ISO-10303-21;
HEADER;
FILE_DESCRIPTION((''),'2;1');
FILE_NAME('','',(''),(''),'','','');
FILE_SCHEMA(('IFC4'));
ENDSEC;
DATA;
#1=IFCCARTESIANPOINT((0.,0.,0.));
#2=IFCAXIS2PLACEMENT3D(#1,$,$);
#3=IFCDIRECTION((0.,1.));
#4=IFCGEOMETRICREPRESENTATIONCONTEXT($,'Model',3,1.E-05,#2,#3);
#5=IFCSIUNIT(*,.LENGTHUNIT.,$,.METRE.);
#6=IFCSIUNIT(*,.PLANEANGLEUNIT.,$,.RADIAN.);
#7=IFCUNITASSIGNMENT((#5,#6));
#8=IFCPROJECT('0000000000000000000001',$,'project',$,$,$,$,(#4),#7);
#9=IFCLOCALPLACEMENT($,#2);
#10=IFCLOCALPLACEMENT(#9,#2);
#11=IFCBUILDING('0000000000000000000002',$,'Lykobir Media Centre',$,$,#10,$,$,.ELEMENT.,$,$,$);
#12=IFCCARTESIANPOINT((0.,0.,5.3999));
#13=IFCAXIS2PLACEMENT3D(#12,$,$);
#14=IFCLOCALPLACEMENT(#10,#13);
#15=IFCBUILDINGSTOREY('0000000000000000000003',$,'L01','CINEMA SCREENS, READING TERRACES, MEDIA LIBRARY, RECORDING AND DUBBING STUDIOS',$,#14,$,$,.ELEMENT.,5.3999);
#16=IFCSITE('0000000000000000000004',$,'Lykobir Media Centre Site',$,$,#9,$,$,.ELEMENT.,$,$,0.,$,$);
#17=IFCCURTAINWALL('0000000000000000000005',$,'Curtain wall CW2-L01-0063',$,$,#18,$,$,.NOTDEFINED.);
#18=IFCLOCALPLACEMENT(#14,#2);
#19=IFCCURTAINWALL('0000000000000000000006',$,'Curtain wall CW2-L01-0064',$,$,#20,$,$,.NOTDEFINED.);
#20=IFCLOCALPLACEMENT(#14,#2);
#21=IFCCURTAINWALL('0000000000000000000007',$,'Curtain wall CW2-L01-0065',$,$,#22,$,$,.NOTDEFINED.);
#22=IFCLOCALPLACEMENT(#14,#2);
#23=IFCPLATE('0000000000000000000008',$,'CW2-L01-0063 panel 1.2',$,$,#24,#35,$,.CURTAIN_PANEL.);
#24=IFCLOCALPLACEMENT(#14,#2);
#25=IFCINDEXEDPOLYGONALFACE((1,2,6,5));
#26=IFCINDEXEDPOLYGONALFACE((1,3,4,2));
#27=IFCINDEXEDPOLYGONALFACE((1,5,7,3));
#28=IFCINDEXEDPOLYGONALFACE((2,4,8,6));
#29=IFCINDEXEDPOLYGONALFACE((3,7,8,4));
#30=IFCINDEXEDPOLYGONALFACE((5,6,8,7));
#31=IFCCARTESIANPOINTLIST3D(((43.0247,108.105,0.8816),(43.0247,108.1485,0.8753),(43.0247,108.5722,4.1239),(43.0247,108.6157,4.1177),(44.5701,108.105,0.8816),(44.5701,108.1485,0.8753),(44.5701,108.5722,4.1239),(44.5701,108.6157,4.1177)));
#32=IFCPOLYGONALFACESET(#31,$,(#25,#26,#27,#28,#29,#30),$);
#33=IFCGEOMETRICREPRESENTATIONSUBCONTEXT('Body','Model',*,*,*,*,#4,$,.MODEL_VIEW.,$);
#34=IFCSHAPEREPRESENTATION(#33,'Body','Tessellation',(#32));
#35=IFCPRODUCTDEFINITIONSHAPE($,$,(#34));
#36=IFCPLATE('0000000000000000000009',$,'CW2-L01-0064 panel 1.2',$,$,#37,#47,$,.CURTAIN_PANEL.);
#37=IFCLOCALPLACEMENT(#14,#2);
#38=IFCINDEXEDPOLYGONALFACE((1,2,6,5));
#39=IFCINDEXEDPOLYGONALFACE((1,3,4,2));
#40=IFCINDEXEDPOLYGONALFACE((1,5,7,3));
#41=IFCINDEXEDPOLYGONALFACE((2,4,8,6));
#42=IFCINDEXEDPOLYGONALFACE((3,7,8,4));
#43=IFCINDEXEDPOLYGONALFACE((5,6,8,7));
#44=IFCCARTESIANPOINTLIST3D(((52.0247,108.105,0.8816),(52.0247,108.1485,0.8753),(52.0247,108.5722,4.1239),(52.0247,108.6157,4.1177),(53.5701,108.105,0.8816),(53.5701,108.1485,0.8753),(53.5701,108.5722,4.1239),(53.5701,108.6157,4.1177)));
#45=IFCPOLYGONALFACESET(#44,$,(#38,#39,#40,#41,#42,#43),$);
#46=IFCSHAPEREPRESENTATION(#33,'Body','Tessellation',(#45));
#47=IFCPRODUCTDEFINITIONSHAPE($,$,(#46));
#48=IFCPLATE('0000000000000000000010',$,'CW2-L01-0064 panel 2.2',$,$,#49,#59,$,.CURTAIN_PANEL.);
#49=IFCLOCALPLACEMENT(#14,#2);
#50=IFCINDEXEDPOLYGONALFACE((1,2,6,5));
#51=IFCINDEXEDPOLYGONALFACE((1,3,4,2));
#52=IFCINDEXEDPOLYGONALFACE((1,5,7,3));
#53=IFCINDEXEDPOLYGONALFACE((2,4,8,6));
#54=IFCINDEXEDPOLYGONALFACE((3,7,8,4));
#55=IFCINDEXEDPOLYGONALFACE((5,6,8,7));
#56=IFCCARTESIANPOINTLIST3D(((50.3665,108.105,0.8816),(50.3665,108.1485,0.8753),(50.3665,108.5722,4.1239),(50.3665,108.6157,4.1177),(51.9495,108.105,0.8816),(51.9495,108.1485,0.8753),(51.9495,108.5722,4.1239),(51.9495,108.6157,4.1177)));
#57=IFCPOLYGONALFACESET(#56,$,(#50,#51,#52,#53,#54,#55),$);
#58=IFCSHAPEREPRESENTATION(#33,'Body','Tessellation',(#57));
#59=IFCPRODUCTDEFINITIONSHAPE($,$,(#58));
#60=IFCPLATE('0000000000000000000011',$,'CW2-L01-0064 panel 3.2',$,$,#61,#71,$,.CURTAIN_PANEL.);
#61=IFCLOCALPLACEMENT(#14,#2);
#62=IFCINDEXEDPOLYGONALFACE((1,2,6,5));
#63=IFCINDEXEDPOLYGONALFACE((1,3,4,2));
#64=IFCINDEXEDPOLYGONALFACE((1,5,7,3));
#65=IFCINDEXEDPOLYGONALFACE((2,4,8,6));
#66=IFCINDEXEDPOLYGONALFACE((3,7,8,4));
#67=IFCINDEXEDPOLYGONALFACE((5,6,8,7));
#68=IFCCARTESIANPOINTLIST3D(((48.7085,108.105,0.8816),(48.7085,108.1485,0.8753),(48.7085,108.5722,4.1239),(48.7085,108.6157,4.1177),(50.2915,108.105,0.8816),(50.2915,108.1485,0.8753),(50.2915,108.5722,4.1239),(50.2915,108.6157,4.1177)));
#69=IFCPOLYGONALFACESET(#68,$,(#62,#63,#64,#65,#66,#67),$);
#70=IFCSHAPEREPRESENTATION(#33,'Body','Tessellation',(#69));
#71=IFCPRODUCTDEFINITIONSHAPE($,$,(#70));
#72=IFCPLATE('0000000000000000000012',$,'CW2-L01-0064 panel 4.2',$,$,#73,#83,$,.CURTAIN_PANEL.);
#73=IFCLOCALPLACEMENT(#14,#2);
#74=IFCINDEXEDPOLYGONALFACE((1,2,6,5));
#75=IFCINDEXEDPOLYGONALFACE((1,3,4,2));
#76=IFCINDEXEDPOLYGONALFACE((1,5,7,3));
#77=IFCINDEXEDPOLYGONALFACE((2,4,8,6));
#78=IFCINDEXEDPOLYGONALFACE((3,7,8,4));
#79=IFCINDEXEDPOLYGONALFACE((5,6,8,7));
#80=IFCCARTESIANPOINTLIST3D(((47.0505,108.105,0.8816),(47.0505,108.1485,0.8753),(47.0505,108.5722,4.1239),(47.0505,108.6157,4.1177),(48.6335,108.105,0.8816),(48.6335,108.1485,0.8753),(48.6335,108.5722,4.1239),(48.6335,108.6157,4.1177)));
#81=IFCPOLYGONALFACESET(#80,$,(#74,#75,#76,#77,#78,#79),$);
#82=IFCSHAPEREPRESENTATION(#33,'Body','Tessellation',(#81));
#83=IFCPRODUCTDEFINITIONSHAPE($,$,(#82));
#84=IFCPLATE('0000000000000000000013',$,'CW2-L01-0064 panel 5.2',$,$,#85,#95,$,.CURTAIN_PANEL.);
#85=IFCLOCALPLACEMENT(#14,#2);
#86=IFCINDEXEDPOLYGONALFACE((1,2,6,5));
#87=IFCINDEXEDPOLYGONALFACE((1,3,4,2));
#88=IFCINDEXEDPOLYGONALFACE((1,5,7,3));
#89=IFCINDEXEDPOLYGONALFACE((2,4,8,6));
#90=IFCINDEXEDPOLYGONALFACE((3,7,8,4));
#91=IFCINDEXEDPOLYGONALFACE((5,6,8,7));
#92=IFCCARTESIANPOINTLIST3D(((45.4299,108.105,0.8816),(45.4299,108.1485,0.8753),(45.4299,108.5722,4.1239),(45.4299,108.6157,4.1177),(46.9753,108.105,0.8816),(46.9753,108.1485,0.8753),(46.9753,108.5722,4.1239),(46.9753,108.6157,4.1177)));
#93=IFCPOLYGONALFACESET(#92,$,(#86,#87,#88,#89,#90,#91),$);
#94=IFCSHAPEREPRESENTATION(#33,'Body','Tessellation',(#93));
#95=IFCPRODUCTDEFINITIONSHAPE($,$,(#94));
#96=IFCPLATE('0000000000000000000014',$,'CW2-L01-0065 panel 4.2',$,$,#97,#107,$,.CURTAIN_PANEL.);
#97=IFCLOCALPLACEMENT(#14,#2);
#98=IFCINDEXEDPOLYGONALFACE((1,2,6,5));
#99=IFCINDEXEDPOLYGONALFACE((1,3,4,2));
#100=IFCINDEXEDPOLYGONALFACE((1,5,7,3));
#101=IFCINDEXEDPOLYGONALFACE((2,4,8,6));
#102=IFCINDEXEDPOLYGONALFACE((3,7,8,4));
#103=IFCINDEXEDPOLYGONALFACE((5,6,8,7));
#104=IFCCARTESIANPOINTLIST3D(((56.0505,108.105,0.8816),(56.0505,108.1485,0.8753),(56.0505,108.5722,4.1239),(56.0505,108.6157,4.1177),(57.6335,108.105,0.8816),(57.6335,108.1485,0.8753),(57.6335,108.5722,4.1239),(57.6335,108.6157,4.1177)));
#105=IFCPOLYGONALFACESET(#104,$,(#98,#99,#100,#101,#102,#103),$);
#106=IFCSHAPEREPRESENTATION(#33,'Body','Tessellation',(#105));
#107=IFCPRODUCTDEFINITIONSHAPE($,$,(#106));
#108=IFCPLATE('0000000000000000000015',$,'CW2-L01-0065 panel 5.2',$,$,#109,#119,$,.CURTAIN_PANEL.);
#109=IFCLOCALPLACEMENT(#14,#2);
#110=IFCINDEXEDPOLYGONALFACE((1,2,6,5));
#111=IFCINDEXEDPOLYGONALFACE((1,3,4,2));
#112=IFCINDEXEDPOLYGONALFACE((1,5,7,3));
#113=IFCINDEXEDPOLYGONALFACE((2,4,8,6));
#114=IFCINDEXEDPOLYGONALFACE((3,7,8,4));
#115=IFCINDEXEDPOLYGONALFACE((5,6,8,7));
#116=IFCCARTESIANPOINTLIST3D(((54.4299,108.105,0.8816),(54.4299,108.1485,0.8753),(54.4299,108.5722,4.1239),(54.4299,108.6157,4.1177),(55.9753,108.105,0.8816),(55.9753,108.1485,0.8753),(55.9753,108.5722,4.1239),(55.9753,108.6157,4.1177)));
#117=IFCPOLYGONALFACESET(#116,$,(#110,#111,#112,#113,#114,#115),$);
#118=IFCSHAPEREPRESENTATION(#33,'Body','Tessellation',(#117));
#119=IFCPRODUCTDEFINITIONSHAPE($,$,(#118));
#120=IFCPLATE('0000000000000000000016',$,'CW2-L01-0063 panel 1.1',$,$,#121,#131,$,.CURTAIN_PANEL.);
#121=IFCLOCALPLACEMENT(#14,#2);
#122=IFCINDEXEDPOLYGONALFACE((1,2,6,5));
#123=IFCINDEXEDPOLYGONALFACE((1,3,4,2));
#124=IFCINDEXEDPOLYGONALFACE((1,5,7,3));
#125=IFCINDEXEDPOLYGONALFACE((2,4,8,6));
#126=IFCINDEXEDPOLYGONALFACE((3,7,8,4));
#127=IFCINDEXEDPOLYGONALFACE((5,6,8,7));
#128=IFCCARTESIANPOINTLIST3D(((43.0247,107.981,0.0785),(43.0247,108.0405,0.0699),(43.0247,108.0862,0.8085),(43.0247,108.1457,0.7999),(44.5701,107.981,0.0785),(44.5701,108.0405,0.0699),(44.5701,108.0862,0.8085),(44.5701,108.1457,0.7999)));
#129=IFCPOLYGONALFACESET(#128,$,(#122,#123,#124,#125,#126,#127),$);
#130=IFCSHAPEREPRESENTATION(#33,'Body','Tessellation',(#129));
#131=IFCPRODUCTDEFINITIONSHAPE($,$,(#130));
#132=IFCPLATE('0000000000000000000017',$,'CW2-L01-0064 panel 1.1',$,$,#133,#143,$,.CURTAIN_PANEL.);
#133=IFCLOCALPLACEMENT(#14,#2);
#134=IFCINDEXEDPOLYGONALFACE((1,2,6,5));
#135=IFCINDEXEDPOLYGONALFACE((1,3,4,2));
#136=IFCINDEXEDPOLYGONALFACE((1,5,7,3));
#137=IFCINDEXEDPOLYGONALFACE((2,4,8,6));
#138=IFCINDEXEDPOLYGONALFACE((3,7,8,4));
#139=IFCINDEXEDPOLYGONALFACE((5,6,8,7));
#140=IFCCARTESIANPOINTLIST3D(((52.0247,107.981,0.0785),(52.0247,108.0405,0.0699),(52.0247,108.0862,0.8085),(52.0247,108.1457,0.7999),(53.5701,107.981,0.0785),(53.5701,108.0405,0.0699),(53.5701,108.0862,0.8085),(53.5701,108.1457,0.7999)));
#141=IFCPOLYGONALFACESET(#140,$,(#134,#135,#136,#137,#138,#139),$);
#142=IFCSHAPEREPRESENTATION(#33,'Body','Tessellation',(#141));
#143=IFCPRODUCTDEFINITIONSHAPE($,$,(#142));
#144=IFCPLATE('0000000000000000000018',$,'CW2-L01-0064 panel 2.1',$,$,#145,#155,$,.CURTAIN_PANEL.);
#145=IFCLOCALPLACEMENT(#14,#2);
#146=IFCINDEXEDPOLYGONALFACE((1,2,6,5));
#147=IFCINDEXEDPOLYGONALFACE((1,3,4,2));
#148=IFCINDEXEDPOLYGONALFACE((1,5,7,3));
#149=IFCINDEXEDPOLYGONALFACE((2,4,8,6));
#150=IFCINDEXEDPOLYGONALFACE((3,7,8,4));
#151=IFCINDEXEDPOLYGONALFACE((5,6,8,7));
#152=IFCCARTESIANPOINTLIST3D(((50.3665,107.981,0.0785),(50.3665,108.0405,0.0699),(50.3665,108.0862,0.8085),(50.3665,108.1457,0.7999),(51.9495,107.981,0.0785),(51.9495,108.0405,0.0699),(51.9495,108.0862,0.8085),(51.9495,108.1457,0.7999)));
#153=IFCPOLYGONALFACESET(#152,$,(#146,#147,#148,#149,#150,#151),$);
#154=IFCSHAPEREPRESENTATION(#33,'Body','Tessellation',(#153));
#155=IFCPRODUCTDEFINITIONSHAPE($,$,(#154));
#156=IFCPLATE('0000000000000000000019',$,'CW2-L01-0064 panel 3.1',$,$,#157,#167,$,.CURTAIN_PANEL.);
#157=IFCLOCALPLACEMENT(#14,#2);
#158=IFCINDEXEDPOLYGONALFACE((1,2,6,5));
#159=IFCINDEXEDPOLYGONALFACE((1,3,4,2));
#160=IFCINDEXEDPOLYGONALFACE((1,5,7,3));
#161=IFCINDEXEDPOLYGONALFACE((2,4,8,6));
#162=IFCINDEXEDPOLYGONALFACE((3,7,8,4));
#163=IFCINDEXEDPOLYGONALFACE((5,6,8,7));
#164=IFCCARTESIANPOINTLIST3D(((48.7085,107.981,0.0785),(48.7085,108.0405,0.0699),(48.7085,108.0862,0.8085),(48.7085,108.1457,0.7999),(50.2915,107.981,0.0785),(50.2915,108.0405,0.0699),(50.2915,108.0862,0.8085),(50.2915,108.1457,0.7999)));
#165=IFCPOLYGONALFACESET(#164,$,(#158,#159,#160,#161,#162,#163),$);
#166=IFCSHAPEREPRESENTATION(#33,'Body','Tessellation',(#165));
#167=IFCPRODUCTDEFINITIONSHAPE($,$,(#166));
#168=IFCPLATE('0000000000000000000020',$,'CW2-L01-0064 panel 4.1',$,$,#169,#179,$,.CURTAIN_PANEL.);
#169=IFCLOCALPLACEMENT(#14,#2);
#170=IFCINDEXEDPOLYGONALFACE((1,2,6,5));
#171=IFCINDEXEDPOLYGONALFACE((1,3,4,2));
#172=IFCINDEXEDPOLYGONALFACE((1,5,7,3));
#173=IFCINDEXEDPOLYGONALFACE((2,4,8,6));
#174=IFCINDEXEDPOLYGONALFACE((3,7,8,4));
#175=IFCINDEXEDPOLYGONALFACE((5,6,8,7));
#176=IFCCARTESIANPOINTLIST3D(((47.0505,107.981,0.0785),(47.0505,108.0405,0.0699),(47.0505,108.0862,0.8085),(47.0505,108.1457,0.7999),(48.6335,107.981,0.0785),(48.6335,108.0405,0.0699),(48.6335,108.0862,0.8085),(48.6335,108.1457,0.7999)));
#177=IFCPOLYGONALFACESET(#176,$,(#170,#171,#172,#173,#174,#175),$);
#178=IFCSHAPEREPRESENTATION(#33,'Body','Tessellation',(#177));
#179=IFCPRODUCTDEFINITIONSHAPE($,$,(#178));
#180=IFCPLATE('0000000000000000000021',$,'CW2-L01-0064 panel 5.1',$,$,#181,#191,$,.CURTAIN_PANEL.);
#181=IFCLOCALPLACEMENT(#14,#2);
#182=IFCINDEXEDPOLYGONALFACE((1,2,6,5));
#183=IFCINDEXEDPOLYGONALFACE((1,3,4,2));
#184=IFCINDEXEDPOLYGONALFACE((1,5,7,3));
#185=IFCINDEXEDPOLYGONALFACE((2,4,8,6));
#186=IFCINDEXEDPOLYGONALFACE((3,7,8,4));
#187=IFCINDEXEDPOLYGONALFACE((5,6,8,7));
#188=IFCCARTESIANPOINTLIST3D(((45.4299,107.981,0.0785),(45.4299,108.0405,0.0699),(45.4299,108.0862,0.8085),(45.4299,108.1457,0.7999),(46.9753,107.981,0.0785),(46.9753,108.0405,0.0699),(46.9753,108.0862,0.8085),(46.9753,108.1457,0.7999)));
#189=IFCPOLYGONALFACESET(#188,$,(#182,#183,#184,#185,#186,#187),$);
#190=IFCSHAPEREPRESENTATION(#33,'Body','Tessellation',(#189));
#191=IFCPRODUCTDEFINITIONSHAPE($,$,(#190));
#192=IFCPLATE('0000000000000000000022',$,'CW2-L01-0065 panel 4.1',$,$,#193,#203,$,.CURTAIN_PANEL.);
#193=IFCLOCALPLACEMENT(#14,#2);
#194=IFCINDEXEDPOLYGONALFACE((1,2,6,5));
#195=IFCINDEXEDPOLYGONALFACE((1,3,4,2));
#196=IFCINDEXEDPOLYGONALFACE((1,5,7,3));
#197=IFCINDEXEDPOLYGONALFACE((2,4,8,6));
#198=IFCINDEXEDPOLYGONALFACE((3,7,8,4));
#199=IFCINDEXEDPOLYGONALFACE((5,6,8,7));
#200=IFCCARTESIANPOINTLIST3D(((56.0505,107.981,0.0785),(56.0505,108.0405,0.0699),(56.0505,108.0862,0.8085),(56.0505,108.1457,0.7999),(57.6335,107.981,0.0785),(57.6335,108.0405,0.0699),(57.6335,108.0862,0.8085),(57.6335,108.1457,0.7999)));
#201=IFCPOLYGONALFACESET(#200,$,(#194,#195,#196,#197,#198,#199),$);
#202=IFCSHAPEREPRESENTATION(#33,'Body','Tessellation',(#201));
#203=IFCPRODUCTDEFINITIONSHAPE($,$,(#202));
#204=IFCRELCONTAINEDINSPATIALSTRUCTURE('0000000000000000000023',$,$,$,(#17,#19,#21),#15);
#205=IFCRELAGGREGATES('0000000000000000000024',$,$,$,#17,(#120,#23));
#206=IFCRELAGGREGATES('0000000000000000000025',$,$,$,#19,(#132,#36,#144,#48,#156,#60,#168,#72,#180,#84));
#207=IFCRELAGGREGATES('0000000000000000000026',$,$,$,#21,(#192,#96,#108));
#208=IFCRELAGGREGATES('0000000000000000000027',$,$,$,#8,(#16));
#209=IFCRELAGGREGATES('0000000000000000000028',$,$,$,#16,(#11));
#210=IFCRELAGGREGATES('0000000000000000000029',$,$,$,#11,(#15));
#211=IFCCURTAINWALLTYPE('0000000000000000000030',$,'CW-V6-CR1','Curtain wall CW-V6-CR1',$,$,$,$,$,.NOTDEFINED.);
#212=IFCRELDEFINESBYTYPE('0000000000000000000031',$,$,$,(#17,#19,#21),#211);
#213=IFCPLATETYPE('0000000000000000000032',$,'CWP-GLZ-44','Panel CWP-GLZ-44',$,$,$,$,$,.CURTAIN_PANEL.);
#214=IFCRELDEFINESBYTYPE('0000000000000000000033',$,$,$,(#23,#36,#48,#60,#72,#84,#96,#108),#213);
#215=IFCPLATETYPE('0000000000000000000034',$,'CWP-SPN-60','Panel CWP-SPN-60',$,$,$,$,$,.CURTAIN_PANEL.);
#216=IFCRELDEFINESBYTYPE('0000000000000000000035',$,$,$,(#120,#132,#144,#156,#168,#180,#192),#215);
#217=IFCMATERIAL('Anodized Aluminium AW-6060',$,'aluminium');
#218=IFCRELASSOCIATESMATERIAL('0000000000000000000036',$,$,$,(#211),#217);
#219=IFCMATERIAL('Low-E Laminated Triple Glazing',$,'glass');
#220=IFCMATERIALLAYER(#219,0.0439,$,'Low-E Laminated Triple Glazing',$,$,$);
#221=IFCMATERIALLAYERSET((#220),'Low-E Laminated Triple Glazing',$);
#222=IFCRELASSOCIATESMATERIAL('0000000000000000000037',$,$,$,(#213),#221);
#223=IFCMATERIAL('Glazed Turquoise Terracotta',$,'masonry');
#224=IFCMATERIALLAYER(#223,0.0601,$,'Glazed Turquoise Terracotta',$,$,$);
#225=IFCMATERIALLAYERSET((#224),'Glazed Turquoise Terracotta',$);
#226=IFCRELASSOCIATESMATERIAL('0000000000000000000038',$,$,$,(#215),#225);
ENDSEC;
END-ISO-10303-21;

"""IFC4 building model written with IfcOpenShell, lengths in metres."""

from ifc_helpers import new_model, si_unit, direction, frame, origin, origin_2d, place, context, subcontext, project, spatial, rectangle, extrude, material, layer, layer_set, type_object, element, aggregate, save


model = new_model("IFC4")

# Units and contexts
model_context = context("Model", 3, precision=1e-05, world=origin(), true_north=direction((0.0, 1.0)))
body_context = subcontext(model_context, "Body", "Model", "MODEL_VIEW")
ifc_project = project(units=[si_unit("LENGTHUNIT", "METRE"), si_unit("PLANEANGLEUNIT", "RADIAN")], contexts=[model_context])

# Site, building, storey
site_placement = place(None, origin())
site = spatial("IfcSite", under=ifc_project, at=site_placement, Name="Lykobir Media Centre Site", CompositionType="ELEMENT", RefElevation=0.0)
building_placement = place(site_placement, origin())
building = spatial("IfcBuilding", under=site, at=building_placement, Name="Lykobir Media Centre", CompositionType="ELEMENT")
storey_placement = place(building_placement, frame((0.0, 0.0, 5.3999)))
storey = spatial("IfcBuildingStorey", under=building, at=storey_placement, Name="L01", Description="CINEMA SCREENS, READING TERRACES, MEDIA LIBRARY, RECORDING AND DUBBING STUDIOS", CompositionType="ELEMENT", Elevation=5.3999)

# Curtain walls
ifc_material_1 = material(Name="Anodized Aluminium AW-6060", Category="aluminium")
curtain_wall_type = type_object("IfcCurtainWallType", Name="CW-V6-CR1", Description="Curtain wall CW-V6-CR1", PredefinedType="NOTDEFINED", material=ifc_material_1)
curtain_wall_1_placement = place(storey_placement, origin())
curtain_wall_1 = element("IfcCurtainWall", 1, at=curtain_wall_1_placement, inside=storey, type_object=curtain_wall_type, Name="Curtain wall CW2-L01-0063", PredefinedType="NOTDEFINED")
curtain_wall_2_placement = place(storey_placement, origin())
curtain_wall_2 = element("IfcCurtainWall", 2, at=curtain_wall_2_placement, inside=storey, type_object=curtain_wall_type, Name="Curtain wall CW2-L01-0064", PredefinedType="NOTDEFINED")
curtain_wall_3_placement = place(storey_placement, origin())
curtain_wall_3 = element("IfcCurtainWall", 3, at=curtain_wall_3_placement, inside=storey, type_object=curtain_wall_type, Name="Curtain wall CW2-L01-0065", PredefinedType="NOTDEFINED")

# Plates
ifc_material_2 = material(Name="Low-E Laminated Triple Glazing", Category="glass")
ifc_layer_1 = layer(ifc_material_2, 0.0439, Name="Low-E Laminated Triple Glazing")
ifc_layer_set_1 = layer_set([ifc_layer_1], Name="Low-E Laminated Triple Glazing")
plate_type_1 = type_object("IfcPlateType", Name="CWP-GLZ-44", Description="Panel CWP-GLZ-44", PredefinedType="CURTAIN_PANEL", material=ifc_layer_set_1)
plate_1_placement = place(storey_placement, frame((43.7974, 108.1267, 0.8784), z_axis=(0.0, 0.142629, 0.989776), x_axis=(-1.0, 0.0, 0.0)))
plate_1 = element("IfcPlate", 4, at=plate_1_placement, type_object=plate_type_1, Name="CW2-L01-0063 panel 1.2", PredefinedType="CURTAIN_PANEL", context=body_context, shape_type="SweptSolid", body=[
    extrude(rectangle(XDim=1.5454, YDim=0.0439, at=origin_2d()), origin(), (0.0, 0.0, 1.0), 3.2759),
])
plate_2_placement = place(storey_placement, frame((52.7974, 108.1267, 0.8784), z_axis=(0.0, 0.142629, 0.989776), x_axis=(-1.0, 0.0, 0.0)))
plate_2 = element("IfcPlate", 5, at=plate_2_placement, type_object=plate_type_1, Name="CW2-L01-0064 panel 1.2", PredefinedType="CURTAIN_PANEL", context=body_context, shape_type="SweptSolid", body=[
    extrude(rectangle(XDim=1.5454, YDim=0.0439, at=origin_2d()), origin(), (0.0, 0.0, 1.0), 3.2759),
])
plate_3_placement = place(storey_placement, frame((51.158, 108.1267, 0.8784), z_axis=(0.0, 0.142629, 0.989776), x_axis=(-1.0, 0.0, 0.0)))
plate_3 = element("IfcPlate", 6, at=plate_3_placement, type_object=plate_type_1, Name="CW2-L01-0064 panel 2.2", PredefinedType="CURTAIN_PANEL", context=body_context, shape_type="SweptSolid", body=[
    extrude(rectangle(XDim=1.583, YDim=0.0439, at=origin_2d()), origin(), (0.0, 0.0, 1.0), 3.2759),
])
plate_4_placement = place(storey_placement, frame((49.5, 108.1267, 0.8784), z_axis=(0.0, 0.142629, 0.989776), x_axis=(-1.0, 0.0, 0.0)))
plate_4 = element("IfcPlate", 7, at=plate_4_placement, type_object=plate_type_1, Name="CW2-L01-0064 panel 3.2", PredefinedType="CURTAIN_PANEL", context=body_context, shape_type="SweptSolid", body=[
    extrude(rectangle(XDim=1.583, YDim=0.0439, at=origin_2d()), origin(), (0.0, 0.0, 1.0), 3.2759),
])
plate_5_placement = place(storey_placement, frame((47.842, 108.1267, 0.8784), z_axis=(0.0, 0.142629, 0.989776), x_axis=(-1.0, 0.0, 0.0)))
plate_5 = element("IfcPlate", 8, at=plate_5_placement, type_object=plate_type_1, Name="CW2-L01-0064 panel 4.2", PredefinedType="CURTAIN_PANEL", context=body_context, shape_type="SweptSolid", body=[
    extrude(rectangle(XDim=1.583, YDim=0.0439, at=origin_2d()), origin(), (0.0, 0.0, 1.0), 3.2759),
])
plate_6_placement = place(storey_placement, frame((46.2026, 108.1267, 0.8784), z_axis=(0.0, 0.142629, 0.989776), x_axis=(-1.0, 0.0, 0.0)))
plate_6 = element("IfcPlate", 9, at=plate_6_placement, type_object=plate_type_1, Name="CW2-L01-0064 panel 5.2", PredefinedType="CURTAIN_PANEL", context=body_context, shape_type="SweptSolid", body=[
    extrude(rectangle(XDim=1.5454, YDim=0.0439, at=origin_2d()), origin(), (0.0, 0.0, 1.0), 3.2759),
])
plate_7_placement = place(storey_placement, frame((56.842, 108.1267, 0.8784), z_axis=(0.0, 0.142629, 0.989776), x_axis=(-1.0, 0.0, 0.0)))
plate_7 = element("IfcPlate", 10, at=plate_7_placement, type_object=plate_type_1, Name="CW2-L01-0065 panel 4.2", PredefinedType="CURTAIN_PANEL", context=body_context, shape_type="SweptSolid", body=[
    extrude(rectangle(XDim=1.583, YDim=0.0439, at=origin_2d()), origin(), (0.0, 0.0, 1.0), 3.2759),
])
plate_8_placement = place(storey_placement, frame((55.2026, 108.1267, 0.8784), z_axis=(0.0, 0.142629, 0.989776), x_axis=(-1.0, 0.0, 0.0)))
plate_8 = element("IfcPlate", 11, at=plate_8_placement, type_object=plate_type_1, Name="CW2-L01-0065 panel 5.2", PredefinedType="CURTAIN_PANEL", context=body_context, shape_type="SweptSolid", body=[
    extrude(rectangle(XDim=1.5454, YDim=0.0439, at=origin_2d()), origin(), (0.0, 0.0, 1.0), 3.2759),
])
ifc_material_3 = material(Name="Glazed Turquoise Terracotta", Category="masonry")
ifc_layer_2 = layer(ifc_material_3, 0.0601, Name="Glazed Turquoise Terracotta")
ifc_layer_set_2 = layer_set([ifc_layer_2], Name="Glazed Turquoise Terracotta")
plate_type_2 = type_object("IfcPlateType", Name="CWP-SPN-60", Description="Panel CWP-SPN-60", PredefinedType="CURTAIN_PANEL", material=ifc_layer_set_2)
plate_9_placement = place(storey_placement, frame((43.7974, 108.0107, 0.0742), z_axis=(0.0, 0.142629, 0.989776), x_axis=(-1.0, 0.0, 0.0)))
plate_9 = element("IfcPlate", 12, at=plate_9_placement, type_object=plate_type_2, Name="CW2-L01-0063 panel 1.1", PredefinedType="CURTAIN_PANEL", context=body_context, shape_type="SweptSolid", body=[
    extrude(rectangle(XDim=1.5454, YDim=0.0601, at=origin_2d()), origin(), (0.0, 0.0, 1.0), 0.7375),
])
aggregate(curtain_wall_1, [plate_9, plate_1])
plate_10_placement = place(storey_placement, frame((52.7974, 108.0107, 0.0742), z_axis=(0.0, 0.142629, 0.989776), x_axis=(-1.0, 0.0, 0.0)))
plate_10 = element("IfcPlate", 13, at=plate_10_placement, type_object=plate_type_2, Name="CW2-L01-0064 panel 1.1", PredefinedType="CURTAIN_PANEL", context=body_context, shape_type="SweptSolid", body=[
    extrude(rectangle(XDim=1.5454, YDim=0.0601, at=origin_2d()), origin(), (0.0, 0.0, 1.0), 0.7375),
])
plate_11_placement = place(storey_placement, frame((51.158, 108.0107, 0.0742), z_axis=(0.0, 0.142629, 0.989776), x_axis=(-1.0, 0.0, 0.0)))
plate_11 = element("IfcPlate", 14, at=plate_11_placement, type_object=plate_type_2, Name="CW2-L01-0064 panel 2.1", PredefinedType="CURTAIN_PANEL", context=body_context, shape_type="SweptSolid", body=[
    extrude(rectangle(XDim=1.583, YDim=0.0601, at=origin_2d()), origin(), (0.0, 0.0, 1.0), 0.7375),
])
plate_12_placement = place(storey_placement, frame((49.5, 108.0107, 0.0742), z_axis=(0.0, 0.142629, 0.989776), x_axis=(-1.0, 0.0, 0.0)))
plate_12 = element("IfcPlate", 15, at=plate_12_placement, type_object=plate_type_2, Name="CW2-L01-0064 panel 3.1", PredefinedType="CURTAIN_PANEL", context=body_context, shape_type="SweptSolid", body=[
    extrude(rectangle(XDim=1.583, YDim=0.0601, at=origin_2d()), origin(), (0.0, 0.0, 1.0), 0.7375),
])
plate_13_placement = place(storey_placement, frame((47.842, 108.0107, 0.0742), z_axis=(0.0, 0.142629, 0.989776), x_axis=(-1.0, 0.0, 0.0)))
plate_13 = element("IfcPlate", 16, at=plate_13_placement, type_object=plate_type_2, Name="CW2-L01-0064 panel 4.1", PredefinedType="CURTAIN_PANEL", context=body_context, shape_type="SweptSolid", body=[
    extrude(rectangle(XDim=1.583, YDim=0.0601, at=origin_2d()), origin(), (0.0, 0.0, 1.0), 0.7375),
])
plate_14_placement = place(storey_placement, frame((46.2026, 108.0107, 0.0742), z_axis=(0.0, 0.142629, 0.989776), x_axis=(-1.0, 0.0, 0.0)))
plate_14 = element("IfcPlate", 17, at=plate_14_placement, type_object=plate_type_2, Name="CW2-L01-0064 panel 5.1", PredefinedType="CURTAIN_PANEL", context=body_context, shape_type="SweptSolid", body=[
    extrude(rectangle(XDim=1.5454, YDim=0.0601, at=origin_2d()), origin(), (0.0, 0.0, 1.0), 0.7375),
])
aggregate(curtain_wall_2, [plate_10, plate_2, plate_11, plate_3, plate_12, plate_4, plate_13, plate_5, plate_14, plate_6])
plate_15_placement = place(storey_placement, frame((56.842, 108.0107, 0.0742), z_axis=(0.0, 0.142629, 0.989776), x_axis=(-1.0, 0.0, 0.0)))
plate_15 = element("IfcPlate", 18, at=plate_15_placement, type_object=plate_type_2, Name="CW2-L01-0065 panel 4.1", PredefinedType="CURTAIN_PANEL", context=body_context, shape_type="SweptSolid", body=[
    extrude(rectangle(XDim=1.583, YDim=0.0601, at=origin_2d()), origin(), (0.0, 0.0, 1.0), 0.7375),
])
aggregate(curtain_wall_3, [plate_15, plate_7, plate_8])

save(model, "model.ifc")
